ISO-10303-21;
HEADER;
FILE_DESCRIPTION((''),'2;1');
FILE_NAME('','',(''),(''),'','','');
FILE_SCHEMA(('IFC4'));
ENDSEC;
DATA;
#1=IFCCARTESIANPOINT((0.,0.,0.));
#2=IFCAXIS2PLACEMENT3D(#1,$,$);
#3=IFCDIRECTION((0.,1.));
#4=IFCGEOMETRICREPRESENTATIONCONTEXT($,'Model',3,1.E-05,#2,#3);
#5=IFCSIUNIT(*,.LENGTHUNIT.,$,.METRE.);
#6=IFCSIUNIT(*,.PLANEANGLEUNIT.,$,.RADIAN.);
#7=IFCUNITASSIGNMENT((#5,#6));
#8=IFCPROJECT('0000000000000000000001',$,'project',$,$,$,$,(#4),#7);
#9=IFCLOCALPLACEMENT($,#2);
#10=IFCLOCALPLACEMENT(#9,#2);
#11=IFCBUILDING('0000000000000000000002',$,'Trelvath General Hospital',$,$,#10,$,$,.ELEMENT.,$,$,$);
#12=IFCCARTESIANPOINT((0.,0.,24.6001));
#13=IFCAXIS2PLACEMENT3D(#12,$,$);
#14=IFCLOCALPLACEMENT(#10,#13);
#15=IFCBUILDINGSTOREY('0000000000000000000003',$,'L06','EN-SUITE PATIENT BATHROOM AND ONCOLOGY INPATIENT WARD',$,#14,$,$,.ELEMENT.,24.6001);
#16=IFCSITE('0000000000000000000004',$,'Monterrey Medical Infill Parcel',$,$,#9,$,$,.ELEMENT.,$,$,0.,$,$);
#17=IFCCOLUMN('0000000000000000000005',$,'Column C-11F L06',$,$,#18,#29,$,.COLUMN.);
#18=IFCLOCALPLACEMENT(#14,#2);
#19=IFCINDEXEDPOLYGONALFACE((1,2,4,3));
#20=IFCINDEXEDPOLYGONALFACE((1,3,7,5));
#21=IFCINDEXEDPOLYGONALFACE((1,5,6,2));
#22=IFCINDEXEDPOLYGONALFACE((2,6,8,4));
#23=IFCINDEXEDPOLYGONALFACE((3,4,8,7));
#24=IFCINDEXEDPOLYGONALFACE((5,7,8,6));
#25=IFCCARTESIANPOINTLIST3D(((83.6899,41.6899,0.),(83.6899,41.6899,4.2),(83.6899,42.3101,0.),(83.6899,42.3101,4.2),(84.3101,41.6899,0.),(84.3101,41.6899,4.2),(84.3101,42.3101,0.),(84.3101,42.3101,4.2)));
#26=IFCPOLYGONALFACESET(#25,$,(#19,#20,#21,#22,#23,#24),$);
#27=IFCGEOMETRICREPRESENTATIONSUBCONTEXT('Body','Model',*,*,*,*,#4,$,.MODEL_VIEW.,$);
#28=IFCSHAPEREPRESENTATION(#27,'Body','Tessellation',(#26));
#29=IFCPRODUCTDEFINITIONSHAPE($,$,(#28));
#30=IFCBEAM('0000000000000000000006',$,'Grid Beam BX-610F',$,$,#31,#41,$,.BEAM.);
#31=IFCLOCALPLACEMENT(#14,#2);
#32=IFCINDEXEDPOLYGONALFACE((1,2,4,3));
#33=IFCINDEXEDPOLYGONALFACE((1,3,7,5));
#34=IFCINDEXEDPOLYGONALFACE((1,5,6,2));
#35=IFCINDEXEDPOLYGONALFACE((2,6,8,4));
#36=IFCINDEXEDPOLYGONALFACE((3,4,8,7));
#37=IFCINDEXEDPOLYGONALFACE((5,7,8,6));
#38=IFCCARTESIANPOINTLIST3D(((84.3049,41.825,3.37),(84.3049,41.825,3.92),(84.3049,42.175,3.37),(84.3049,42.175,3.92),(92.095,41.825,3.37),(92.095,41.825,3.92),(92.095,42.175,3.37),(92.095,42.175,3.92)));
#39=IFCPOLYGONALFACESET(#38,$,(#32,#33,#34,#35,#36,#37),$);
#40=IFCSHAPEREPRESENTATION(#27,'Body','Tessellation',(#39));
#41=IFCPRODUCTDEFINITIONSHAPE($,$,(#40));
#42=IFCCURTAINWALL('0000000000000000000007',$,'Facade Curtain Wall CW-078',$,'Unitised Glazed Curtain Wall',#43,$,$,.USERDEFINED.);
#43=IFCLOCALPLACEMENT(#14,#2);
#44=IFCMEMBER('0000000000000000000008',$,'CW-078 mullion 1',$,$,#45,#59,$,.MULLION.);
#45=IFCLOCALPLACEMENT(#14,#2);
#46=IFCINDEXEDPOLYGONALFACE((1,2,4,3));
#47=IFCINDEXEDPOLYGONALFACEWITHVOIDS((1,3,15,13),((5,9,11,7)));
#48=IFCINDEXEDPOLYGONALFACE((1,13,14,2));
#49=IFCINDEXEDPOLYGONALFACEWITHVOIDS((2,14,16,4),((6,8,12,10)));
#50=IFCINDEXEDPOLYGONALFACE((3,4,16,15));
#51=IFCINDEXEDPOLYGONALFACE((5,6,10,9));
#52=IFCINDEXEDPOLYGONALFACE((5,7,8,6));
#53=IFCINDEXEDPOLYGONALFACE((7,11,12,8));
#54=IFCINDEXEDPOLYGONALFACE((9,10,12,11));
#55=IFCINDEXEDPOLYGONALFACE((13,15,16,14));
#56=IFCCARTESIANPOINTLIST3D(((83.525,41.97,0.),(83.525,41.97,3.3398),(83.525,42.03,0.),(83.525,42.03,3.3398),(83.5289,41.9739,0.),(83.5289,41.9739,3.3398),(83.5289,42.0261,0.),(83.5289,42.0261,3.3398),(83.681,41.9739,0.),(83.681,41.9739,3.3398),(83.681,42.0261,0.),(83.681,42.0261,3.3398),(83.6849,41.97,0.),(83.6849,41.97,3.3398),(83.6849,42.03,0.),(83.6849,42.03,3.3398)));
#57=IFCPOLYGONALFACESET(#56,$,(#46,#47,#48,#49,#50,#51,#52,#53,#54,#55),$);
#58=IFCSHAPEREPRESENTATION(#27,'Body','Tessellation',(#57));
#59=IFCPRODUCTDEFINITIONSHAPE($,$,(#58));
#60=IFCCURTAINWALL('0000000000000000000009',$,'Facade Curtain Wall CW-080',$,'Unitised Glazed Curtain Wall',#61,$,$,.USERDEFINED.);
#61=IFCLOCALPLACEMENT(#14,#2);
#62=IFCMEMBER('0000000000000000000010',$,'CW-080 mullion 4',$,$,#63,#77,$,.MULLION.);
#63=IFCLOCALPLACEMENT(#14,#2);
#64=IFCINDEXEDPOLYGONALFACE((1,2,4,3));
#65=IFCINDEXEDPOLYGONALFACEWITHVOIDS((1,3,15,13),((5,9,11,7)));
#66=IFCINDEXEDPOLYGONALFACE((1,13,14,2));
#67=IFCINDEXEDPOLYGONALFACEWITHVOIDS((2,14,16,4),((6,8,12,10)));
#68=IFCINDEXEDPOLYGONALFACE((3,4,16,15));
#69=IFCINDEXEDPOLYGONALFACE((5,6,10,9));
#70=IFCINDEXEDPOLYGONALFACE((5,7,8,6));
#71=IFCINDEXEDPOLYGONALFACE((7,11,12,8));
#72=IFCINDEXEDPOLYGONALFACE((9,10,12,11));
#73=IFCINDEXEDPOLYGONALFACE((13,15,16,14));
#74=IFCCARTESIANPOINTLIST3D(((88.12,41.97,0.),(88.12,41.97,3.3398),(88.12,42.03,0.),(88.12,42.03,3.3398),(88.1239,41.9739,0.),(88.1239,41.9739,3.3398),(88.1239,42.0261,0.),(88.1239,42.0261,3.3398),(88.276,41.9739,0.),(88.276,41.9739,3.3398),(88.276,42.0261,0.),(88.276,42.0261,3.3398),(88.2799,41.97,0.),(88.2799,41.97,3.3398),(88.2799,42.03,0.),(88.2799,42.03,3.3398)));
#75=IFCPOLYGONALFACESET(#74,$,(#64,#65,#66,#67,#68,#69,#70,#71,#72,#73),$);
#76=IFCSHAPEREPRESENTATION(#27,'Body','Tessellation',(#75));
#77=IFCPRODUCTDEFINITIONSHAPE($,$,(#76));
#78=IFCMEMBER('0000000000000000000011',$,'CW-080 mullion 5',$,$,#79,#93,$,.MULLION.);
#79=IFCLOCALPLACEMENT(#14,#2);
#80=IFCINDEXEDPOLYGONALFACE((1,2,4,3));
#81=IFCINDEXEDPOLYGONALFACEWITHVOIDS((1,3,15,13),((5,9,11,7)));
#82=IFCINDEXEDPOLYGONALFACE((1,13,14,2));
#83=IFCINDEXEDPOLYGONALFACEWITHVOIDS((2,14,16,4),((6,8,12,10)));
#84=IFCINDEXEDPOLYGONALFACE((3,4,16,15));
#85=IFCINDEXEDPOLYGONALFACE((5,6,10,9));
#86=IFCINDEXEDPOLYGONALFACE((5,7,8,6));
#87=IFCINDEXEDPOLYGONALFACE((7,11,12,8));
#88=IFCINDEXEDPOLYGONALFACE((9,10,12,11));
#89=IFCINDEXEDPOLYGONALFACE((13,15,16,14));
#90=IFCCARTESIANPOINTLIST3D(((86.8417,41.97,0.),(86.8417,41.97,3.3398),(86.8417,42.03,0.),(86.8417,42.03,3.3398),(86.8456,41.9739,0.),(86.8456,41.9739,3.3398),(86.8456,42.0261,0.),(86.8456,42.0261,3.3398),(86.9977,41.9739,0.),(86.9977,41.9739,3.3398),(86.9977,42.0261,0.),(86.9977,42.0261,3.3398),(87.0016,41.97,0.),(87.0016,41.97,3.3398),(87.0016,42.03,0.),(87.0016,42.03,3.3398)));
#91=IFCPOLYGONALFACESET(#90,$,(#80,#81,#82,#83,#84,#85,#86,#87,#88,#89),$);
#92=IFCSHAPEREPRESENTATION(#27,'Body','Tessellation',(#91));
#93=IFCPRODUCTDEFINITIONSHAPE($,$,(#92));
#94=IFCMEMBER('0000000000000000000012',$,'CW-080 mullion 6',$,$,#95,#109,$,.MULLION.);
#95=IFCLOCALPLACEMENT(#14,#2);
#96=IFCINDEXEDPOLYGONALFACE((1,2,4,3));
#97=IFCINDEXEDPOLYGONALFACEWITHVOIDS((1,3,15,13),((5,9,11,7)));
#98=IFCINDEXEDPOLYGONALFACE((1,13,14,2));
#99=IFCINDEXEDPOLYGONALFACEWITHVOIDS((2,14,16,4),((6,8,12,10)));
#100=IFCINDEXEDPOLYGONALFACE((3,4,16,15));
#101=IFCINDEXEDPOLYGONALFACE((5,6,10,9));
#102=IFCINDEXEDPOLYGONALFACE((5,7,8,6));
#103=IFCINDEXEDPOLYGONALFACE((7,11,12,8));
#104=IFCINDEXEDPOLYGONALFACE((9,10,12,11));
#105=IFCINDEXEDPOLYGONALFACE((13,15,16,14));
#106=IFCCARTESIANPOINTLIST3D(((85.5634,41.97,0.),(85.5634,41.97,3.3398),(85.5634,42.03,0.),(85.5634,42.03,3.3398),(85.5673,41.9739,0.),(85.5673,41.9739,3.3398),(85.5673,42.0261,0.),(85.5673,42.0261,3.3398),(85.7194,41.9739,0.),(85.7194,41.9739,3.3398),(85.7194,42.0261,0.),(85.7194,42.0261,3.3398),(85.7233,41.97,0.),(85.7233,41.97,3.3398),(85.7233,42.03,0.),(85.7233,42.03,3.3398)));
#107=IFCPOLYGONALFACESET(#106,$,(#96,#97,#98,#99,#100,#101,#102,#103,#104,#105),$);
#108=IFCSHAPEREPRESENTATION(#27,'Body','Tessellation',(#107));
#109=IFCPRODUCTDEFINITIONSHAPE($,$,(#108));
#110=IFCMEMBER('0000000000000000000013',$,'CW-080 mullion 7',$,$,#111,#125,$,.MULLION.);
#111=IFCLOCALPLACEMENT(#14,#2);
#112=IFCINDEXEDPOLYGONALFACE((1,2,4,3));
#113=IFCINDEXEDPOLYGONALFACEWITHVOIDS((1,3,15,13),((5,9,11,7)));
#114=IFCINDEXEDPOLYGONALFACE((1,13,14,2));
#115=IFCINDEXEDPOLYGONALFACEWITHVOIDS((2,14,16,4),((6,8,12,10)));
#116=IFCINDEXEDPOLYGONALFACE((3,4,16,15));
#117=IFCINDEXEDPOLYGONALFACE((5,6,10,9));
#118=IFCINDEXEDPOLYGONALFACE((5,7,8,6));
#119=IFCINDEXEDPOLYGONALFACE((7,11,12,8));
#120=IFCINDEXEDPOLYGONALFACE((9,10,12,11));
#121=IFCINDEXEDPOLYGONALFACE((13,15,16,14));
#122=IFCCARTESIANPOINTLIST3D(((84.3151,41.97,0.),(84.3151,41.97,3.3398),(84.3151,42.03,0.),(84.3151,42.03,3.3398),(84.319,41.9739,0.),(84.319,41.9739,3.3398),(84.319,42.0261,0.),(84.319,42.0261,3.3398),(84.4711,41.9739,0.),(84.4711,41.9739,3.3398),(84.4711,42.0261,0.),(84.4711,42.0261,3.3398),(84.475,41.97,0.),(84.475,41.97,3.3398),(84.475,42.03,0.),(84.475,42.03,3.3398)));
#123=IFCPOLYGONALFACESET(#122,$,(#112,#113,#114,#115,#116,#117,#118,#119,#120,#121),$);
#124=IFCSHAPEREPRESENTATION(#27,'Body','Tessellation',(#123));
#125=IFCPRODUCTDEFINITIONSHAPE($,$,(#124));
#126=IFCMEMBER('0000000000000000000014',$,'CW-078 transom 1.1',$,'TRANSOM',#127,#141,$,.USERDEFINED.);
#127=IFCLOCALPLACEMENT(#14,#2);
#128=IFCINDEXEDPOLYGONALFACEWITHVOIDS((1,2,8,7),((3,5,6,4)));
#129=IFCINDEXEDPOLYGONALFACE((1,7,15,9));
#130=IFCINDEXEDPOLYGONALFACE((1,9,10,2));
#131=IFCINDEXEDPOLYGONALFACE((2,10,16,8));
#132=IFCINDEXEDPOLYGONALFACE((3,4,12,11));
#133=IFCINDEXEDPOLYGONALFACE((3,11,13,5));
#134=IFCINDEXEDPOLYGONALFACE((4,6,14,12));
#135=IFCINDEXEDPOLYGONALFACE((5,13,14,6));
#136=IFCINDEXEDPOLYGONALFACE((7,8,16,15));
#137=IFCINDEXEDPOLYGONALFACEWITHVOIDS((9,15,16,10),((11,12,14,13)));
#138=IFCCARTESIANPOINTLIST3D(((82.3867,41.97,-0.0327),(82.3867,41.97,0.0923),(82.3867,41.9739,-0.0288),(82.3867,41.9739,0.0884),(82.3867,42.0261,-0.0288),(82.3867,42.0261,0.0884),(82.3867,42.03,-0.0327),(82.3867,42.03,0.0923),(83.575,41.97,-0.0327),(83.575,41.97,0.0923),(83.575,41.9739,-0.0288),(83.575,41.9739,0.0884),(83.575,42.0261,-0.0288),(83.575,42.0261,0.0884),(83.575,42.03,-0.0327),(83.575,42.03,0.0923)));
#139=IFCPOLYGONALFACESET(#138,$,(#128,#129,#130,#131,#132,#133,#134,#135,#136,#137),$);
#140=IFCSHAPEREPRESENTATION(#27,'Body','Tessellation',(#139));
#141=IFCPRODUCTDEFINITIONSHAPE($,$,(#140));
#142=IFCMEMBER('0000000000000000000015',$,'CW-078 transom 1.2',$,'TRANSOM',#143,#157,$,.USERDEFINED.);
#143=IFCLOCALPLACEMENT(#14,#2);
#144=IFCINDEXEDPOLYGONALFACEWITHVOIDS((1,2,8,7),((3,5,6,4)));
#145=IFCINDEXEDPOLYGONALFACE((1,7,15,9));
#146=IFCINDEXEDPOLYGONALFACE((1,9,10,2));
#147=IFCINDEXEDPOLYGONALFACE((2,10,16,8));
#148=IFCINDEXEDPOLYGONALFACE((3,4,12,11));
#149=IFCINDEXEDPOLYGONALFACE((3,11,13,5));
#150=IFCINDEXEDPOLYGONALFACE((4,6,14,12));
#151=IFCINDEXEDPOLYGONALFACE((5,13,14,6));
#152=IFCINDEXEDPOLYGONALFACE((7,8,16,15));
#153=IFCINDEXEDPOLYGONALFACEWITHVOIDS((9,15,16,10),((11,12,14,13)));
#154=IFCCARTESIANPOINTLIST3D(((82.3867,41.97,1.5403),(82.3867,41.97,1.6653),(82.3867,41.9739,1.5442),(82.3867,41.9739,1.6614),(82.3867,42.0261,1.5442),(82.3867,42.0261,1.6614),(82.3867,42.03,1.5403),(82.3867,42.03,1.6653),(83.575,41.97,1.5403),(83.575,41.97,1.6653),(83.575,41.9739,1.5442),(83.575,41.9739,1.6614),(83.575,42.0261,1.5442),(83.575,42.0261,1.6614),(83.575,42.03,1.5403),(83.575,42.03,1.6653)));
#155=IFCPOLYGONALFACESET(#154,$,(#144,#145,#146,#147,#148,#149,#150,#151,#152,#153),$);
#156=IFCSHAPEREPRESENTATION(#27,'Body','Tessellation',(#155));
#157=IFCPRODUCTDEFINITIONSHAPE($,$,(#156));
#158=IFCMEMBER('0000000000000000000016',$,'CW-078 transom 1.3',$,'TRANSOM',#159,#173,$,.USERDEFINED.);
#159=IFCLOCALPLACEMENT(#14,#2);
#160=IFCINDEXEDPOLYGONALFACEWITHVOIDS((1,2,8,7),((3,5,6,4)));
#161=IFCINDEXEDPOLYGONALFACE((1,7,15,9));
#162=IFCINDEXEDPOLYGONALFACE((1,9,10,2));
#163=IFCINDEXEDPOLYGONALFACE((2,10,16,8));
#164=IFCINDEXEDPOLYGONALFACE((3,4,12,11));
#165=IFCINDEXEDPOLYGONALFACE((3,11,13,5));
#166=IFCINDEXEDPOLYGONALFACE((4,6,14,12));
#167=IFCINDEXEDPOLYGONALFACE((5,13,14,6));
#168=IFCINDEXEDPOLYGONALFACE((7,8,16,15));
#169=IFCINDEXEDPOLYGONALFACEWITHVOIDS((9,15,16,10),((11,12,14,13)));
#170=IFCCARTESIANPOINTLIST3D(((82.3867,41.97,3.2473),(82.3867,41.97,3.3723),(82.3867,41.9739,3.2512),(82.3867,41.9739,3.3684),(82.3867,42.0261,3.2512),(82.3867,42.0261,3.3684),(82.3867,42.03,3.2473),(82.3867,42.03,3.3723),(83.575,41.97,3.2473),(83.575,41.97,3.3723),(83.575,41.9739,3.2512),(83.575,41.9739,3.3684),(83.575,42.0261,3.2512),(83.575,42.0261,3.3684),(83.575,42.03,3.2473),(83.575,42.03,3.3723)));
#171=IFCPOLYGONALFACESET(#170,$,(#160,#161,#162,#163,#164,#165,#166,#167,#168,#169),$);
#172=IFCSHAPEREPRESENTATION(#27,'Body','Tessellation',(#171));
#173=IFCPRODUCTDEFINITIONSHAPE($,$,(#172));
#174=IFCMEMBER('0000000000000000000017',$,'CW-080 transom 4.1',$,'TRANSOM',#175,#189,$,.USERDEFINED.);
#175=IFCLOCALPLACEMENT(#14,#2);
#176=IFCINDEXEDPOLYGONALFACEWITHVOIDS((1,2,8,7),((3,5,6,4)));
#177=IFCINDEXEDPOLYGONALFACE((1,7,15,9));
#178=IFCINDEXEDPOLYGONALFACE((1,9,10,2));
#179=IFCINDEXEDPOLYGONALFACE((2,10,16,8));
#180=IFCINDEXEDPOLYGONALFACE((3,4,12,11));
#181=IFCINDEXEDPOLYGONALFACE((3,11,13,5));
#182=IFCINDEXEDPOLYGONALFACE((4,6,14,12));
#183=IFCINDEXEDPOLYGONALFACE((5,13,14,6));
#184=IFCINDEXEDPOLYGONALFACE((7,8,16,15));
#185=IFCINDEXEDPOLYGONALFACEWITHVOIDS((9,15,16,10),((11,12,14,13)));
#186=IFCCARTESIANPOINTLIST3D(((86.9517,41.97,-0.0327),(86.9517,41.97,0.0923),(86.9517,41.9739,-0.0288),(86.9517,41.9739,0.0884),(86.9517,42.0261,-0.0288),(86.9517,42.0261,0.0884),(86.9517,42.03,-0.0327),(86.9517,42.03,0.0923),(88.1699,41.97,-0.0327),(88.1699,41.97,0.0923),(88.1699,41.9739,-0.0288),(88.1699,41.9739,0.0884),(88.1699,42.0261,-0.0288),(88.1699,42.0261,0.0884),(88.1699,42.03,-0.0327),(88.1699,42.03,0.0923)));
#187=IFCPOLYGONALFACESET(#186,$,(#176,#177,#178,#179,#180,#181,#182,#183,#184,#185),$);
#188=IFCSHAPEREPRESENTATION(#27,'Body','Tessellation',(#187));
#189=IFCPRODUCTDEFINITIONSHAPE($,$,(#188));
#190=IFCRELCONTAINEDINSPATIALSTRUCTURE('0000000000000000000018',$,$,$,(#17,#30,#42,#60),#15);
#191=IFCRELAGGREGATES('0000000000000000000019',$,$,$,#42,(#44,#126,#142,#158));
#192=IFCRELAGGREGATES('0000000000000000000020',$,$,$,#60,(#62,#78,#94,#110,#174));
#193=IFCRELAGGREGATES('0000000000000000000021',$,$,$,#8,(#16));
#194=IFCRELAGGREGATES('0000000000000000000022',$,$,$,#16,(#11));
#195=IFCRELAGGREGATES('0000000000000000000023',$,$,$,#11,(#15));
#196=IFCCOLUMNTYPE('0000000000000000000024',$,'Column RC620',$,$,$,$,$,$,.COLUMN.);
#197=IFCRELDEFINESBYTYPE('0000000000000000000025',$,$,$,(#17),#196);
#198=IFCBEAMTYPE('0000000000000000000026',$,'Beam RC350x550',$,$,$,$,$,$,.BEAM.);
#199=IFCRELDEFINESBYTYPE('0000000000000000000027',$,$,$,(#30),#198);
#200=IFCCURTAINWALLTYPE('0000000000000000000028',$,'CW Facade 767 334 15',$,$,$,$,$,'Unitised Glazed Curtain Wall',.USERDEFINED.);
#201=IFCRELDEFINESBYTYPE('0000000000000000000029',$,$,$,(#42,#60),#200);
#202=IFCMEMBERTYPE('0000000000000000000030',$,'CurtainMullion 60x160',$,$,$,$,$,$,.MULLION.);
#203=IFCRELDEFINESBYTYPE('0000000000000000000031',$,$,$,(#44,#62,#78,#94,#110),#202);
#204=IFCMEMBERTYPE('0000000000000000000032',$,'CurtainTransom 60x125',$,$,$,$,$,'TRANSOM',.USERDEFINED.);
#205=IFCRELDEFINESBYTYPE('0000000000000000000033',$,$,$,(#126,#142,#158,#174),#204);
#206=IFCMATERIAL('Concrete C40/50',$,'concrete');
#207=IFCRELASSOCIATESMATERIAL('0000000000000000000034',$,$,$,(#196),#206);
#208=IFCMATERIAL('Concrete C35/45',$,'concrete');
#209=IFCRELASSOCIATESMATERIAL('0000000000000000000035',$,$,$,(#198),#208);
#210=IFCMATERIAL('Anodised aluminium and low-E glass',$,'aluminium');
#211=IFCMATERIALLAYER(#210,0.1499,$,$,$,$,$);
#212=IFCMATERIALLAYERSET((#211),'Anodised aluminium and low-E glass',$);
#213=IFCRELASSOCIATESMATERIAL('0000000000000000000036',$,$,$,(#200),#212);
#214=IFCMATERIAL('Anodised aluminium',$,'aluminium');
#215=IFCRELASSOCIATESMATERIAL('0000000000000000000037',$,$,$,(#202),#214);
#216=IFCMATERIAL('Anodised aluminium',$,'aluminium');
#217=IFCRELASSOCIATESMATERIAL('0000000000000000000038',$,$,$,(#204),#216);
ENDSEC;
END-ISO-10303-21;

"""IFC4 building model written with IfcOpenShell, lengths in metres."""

from ifc_helpers import new_model, si_unit, direction, frame, origin, origin_2d, place, context, subcontext, project, spatial, rectangle, hollow_rectangle, extrude, material, layer, layer_set, material_profile, profile_set, type_object, element, aggregate, save


model = new_model("IFC4")

# Units and contexts
model_context = context("Model", 3, precision=1e-05, world=origin(), true_north=direction((0.0, 1.0)))
body_context = subcontext(model_context, "Body", "Model", "MODEL_VIEW")
ifc_project = project(units=[si_unit("LENGTHUNIT", "METRE"), si_unit("PLANEANGLEUNIT", "RADIAN")], contexts=[model_context])

# Site, building, storey
site_placement = place(None, origin())
site = spatial("IfcSite", under=ifc_project, at=site_placement, Name="Monterrey Medical Infill Parcel", CompositionType="ELEMENT", RefElevation=0.0)
building_placement = place(site_placement, origin())
building = spatial("IfcBuilding", under=site, at=building_placement, Name="Trelvath General Hospital", CompositionType="ELEMENT")
storey_placement = place(building_placement, frame((0.0, 0.0, 24.6001)))
storey = spatial("IfcBuildingStorey", under=building, at=storey_placement, Name="L06", Description="EN-SUITE PATIENT BATHROOM AND ONCOLOGY INPATIENT WARD", CompositionType="ELEMENT", Elevation=24.6001)

# Column
ifc_material_1 = material(Name="Concrete C40/50", Category="concrete")
ifc_material_profile_1 = material_profile(ifc_material_1, rectangle(XDim=0.6201, YDim=0.6201, at=origin_2d()), Name="RC620x620")
ifc_profile_set_1 = profile_set([ifc_material_profile_1], Name="Concrete C40/50")
column_type = type_object("IfcColumnType", Name="Column RC620", PredefinedType="COLUMN", material=ifc_profile_set_1)
column_placement = place(storey_placement, frame((84.0, 42.0, 0.0), z_axis=(0.0, 0.0, 1.0), x_axis=(1.0, 0.0, 0.0)))
element("IfcColumn", 1, at=column_placement, inside=storey, type_object=column_type, Name="Column C-11F L06", PredefinedType="COLUMN", context=body_context, shape_type="SweptSolid", body=[
    extrude(rectangle(XDim=0.6201, YDim=0.6201, at=origin_2d()), origin(), (0.0, 0.0, 1.0), 4.2),
])

# Beam
ifc_material_2 = material(Name="Concrete C35/45", Category="concrete")
ifc_material_profile_2 = material_profile(ifc_material_2, rectangle(XDim=0.3501, YDim=0.55, at=origin_2d()), Name="RCB350x550")
ifc_profile_set_2 = profile_set([ifc_material_profile_2], Name="Concrete C35/45")
beam_type = type_object("IfcBeamType", Name="Beam RC350x550", PredefinedType="BEAM", material=ifc_profile_set_2)
beam_placement = place(storey_placement, frame((84.3049, 42.0, 3.645), z_axis=(1.0, 0.0, 0.0), x_axis=(0.0, 1.0, 0.0)))
element("IfcBeam", 2, at=beam_placement, inside=storey, type_object=beam_type, Name="Grid Beam BX-610F", PredefinedType="BEAM", context=body_context, shape_type="SweptSolid", body=[
    extrude(rectangle(XDim=0.3501, YDim=0.55, at=origin_2d()), origin(), (0.0, 0.0, 1.0), 7.79),
])

# Curtain wall, member
ifc_material_3 = material(Name="Anodised aluminium and low-E glass", Category="aluminium")
ifc_layer_1 = layer(ifc_material_3, 0.1499)
ifc_layer_set_1 = layer_set([ifc_layer_1], Name="Anodised aluminium and low-E glass")
curtain_wall_type = type_object("IfcCurtainWallType", Name="CW Facade 767 334 15", ElementType="Unitised Glazed Curtain Wall", PredefinedType="USERDEFINED", material=ifc_layer_set_1)
curtain_wall_1_placement = place(storey_placement, origin())
curtain_wall_1 = element("IfcCurtainWall", 3, at=curtain_wall_1_placement, inside=storey, type_object=curtain_wall_type, Name="Facade Curtain Wall CW-078", ObjectType="Unitised Glazed Curtain Wall", PredefinedType="USERDEFINED")
ifc_material_4 = material(Name="Anodised aluminium", Category="aluminium")
ifc_material_profile_3 = material_profile(ifc_material_4, hollow_rectangle(XDim=0.0601, YDim=0.1599, WallThickness=0.0039, at=origin_2d()), Name="RHS60x160x4")
ifc_profile_set_3 = profile_set([ifc_material_profile_3], Name="Anodised aluminium")
member_type_1 = type_object("IfcMemberType", Name="CurtainMullion 60x160", PredefinedType="MULLION", material=ifc_profile_set_3)
member_1_placement = place(storey_placement, frame((83.605, 42.0, 0.0), z_axis=(0.0, 0.0, 1.0), x_axis=(0.0, -1.0, 0.0)))
member_1 = element("IfcMember", 4, at=member_1_placement, type_object=member_type_1, Name="CW-078 mullion 1", PredefinedType="MULLION", context=body_context, shape_type="SweptSolid", body=[
    extrude(hollow_rectangle(XDim=0.0601, YDim=0.1599, WallThickness=0.0039, at=origin_2d()), origin(), (0.0, 0.0, 1.0), 3.3398),
])

# Curtain wall, members
curtain_wall_2_placement = place(storey_placement, origin())
curtain_wall_2 = element("IfcCurtainWall", 5, at=curtain_wall_2_placement, inside=storey, type_object=curtain_wall_type, Name="Facade Curtain Wall CW-080", ObjectType="Unitised Glazed Curtain Wall", PredefinedType="USERDEFINED")
member_2_placement = place(storey_placement, frame((88.2, 42.0, 0.0), z_axis=(0.0, 0.0, 1.0), x_axis=(0.0, -1.0, 0.0)))
member_2 = element("IfcMember", 6, at=member_2_placement, type_object=member_type_1, Name="CW-080 mullion 4", PredefinedType="MULLION", context=body_context, shape_type="SweptSolid", body=[
    extrude(hollow_rectangle(XDim=0.0601, YDim=0.1599, WallThickness=0.0039, at=origin_2d()), origin(), (0.0, 0.0, 1.0), 3.3398),
])
member_3_placement = place(storey_placement, frame((86.9216, 42.0, 0.0), z_axis=(0.0, 0.0, 1.0), x_axis=(0.0, -1.0, 0.0)))
member_3 = element("IfcMember", 7, at=member_3_placement, type_object=member_type_1, Name="CW-080 mullion 5", PredefinedType="MULLION", context=body_context, shape_type="SweptSolid", body=[
    extrude(hollow_rectangle(XDim=0.0601, YDim=0.1599, WallThickness=0.0039, at=origin_2d()), origin(), (0.0, 0.0, 1.0), 3.3398),
])
member_4_placement = place(storey_placement, frame((85.6433, 42.0, 0.0), z_axis=(0.0, 0.0, 1.0), x_axis=(0.0, -1.0, 0.0)))
member_4 = element("IfcMember", 8, at=member_4_placement, type_object=member_type_1, Name="CW-080 mullion 6", PredefinedType="MULLION", context=body_context, shape_type="SweptSolid", body=[
    extrude(hollow_rectangle(XDim=0.0601, YDim=0.1599, WallThickness=0.0039, at=origin_2d()), origin(), (0.0, 0.0, 1.0), 3.3398),
])
member_5_placement = place(storey_placement, frame((84.395, 42.0, 0.0), z_axis=(0.0, 0.0, 1.0), x_axis=(0.0, -1.0, 0.0)))
member_5 = element("IfcMember", 9, at=member_5_placement, type_object=member_type_1, Name="CW-080 mullion 7", PredefinedType="MULLION", context=body_context, shape_type="SweptSolid", body=[
    extrude(hollow_rectangle(XDim=0.0601, YDim=0.1599, WallThickness=0.0039, at=origin_2d()), origin(), (0.0, 0.0, 1.0), 3.3398),
])

# Members
ifc_material_5 = material(Name="Anodised aluminium", Category="aluminium")
ifc_material_profile_4 = material_profile(ifc_material_5, hollow_rectangle(XDim=0.0601, YDim=0.125, WallThickness=0.0039, at=origin_2d()), Name="RHS60x125x4")
ifc_profile_set_4 = profile_set([ifc_material_profile_4], Name="Anodised aluminium")
member_type_2 = type_object("IfcMemberType", Name="CurtainTransom 60x125", ElementType="TRANSOM", PredefinedType="USERDEFINED", material=ifc_profile_set_4)
member_6_placement = place(storey_placement, frame((83.575, 42.0, 0.0298), z_axis=(-1.0, 0.0, 0.0), x_axis=(0.0, -1.0, 0.0)))
member_6 = element("IfcMember", 10, at=member_6_placement, type_object=member_type_2, Name="CW-078 transom 1.1", ObjectType="TRANSOM", PredefinedType="USERDEFINED", context=body_context, shape_type="SweptSolid", body=[
    extrude(hollow_rectangle(XDim=0.0601, YDim=0.125, WallThickness=0.0039, at=origin_2d()), origin(), (0.0, 0.0, 1.0), 1.1882),
])
member_7_placement = place(storey_placement, frame((83.575, 42.0, 1.6028), z_axis=(-1.0, 0.0, 0.0), x_axis=(0.0, -1.0, 0.0)))
member_7 = element("IfcMember", 11, at=member_7_placement, type_object=member_type_2, Name="CW-078 transom 1.2", ObjectType="TRANSOM", PredefinedType="USERDEFINED", context=body_context, shape_type="SweptSolid", body=[
    extrude(hollow_rectangle(XDim=0.0601, YDim=0.125, WallThickness=0.0039, at=origin_2d()), origin(), (0.0, 0.0, 1.0), 1.1882),
])
member_8_placement = place(storey_placement, frame((83.575, 42.0, 3.3098), z_axis=(-1.0, 0.0, 0.0), x_axis=(0.0, -1.0, 0.0)))
member_8 = element("IfcMember", 12, at=member_8_placement, type_object=member_type_2, Name="CW-078 transom 1.3", ObjectType="TRANSOM", PredefinedType="USERDEFINED", context=body_context, shape_type="SweptSolid", body=[
    extrude(hollow_rectangle(XDim=0.0601, YDim=0.125, WallThickness=0.0039, at=origin_2d()), origin(), (0.0, 0.0, 1.0), 1.1882),
])
member_9_placement = place(storey_placement, frame((88.1699, 42.0, 0.0298), z_axis=(-1.0, 0.0, 0.0), x_axis=(0.0, -1.0, 0.0)))
member_9 = element("IfcMember", 13, at=member_9_placement, type_object=member_type_2, Name="CW-080 transom 4.1", ObjectType="TRANSOM", PredefinedType="USERDEFINED", context=body_context, shape_type="SweptSolid", body=[
    extrude(hollow_rectangle(XDim=0.0601, YDim=0.125, WallThickness=0.0039, at=origin_2d()), origin(), (0.0, 0.0, 1.0), 1.2183),
])

aggregate(curtain_wall_1, [member_1, member_6, member_7, member_8])
aggregate(curtain_wall_2, [member_2, member_3, member_4, member_5, member_9])

save(model, "model.ifc")
